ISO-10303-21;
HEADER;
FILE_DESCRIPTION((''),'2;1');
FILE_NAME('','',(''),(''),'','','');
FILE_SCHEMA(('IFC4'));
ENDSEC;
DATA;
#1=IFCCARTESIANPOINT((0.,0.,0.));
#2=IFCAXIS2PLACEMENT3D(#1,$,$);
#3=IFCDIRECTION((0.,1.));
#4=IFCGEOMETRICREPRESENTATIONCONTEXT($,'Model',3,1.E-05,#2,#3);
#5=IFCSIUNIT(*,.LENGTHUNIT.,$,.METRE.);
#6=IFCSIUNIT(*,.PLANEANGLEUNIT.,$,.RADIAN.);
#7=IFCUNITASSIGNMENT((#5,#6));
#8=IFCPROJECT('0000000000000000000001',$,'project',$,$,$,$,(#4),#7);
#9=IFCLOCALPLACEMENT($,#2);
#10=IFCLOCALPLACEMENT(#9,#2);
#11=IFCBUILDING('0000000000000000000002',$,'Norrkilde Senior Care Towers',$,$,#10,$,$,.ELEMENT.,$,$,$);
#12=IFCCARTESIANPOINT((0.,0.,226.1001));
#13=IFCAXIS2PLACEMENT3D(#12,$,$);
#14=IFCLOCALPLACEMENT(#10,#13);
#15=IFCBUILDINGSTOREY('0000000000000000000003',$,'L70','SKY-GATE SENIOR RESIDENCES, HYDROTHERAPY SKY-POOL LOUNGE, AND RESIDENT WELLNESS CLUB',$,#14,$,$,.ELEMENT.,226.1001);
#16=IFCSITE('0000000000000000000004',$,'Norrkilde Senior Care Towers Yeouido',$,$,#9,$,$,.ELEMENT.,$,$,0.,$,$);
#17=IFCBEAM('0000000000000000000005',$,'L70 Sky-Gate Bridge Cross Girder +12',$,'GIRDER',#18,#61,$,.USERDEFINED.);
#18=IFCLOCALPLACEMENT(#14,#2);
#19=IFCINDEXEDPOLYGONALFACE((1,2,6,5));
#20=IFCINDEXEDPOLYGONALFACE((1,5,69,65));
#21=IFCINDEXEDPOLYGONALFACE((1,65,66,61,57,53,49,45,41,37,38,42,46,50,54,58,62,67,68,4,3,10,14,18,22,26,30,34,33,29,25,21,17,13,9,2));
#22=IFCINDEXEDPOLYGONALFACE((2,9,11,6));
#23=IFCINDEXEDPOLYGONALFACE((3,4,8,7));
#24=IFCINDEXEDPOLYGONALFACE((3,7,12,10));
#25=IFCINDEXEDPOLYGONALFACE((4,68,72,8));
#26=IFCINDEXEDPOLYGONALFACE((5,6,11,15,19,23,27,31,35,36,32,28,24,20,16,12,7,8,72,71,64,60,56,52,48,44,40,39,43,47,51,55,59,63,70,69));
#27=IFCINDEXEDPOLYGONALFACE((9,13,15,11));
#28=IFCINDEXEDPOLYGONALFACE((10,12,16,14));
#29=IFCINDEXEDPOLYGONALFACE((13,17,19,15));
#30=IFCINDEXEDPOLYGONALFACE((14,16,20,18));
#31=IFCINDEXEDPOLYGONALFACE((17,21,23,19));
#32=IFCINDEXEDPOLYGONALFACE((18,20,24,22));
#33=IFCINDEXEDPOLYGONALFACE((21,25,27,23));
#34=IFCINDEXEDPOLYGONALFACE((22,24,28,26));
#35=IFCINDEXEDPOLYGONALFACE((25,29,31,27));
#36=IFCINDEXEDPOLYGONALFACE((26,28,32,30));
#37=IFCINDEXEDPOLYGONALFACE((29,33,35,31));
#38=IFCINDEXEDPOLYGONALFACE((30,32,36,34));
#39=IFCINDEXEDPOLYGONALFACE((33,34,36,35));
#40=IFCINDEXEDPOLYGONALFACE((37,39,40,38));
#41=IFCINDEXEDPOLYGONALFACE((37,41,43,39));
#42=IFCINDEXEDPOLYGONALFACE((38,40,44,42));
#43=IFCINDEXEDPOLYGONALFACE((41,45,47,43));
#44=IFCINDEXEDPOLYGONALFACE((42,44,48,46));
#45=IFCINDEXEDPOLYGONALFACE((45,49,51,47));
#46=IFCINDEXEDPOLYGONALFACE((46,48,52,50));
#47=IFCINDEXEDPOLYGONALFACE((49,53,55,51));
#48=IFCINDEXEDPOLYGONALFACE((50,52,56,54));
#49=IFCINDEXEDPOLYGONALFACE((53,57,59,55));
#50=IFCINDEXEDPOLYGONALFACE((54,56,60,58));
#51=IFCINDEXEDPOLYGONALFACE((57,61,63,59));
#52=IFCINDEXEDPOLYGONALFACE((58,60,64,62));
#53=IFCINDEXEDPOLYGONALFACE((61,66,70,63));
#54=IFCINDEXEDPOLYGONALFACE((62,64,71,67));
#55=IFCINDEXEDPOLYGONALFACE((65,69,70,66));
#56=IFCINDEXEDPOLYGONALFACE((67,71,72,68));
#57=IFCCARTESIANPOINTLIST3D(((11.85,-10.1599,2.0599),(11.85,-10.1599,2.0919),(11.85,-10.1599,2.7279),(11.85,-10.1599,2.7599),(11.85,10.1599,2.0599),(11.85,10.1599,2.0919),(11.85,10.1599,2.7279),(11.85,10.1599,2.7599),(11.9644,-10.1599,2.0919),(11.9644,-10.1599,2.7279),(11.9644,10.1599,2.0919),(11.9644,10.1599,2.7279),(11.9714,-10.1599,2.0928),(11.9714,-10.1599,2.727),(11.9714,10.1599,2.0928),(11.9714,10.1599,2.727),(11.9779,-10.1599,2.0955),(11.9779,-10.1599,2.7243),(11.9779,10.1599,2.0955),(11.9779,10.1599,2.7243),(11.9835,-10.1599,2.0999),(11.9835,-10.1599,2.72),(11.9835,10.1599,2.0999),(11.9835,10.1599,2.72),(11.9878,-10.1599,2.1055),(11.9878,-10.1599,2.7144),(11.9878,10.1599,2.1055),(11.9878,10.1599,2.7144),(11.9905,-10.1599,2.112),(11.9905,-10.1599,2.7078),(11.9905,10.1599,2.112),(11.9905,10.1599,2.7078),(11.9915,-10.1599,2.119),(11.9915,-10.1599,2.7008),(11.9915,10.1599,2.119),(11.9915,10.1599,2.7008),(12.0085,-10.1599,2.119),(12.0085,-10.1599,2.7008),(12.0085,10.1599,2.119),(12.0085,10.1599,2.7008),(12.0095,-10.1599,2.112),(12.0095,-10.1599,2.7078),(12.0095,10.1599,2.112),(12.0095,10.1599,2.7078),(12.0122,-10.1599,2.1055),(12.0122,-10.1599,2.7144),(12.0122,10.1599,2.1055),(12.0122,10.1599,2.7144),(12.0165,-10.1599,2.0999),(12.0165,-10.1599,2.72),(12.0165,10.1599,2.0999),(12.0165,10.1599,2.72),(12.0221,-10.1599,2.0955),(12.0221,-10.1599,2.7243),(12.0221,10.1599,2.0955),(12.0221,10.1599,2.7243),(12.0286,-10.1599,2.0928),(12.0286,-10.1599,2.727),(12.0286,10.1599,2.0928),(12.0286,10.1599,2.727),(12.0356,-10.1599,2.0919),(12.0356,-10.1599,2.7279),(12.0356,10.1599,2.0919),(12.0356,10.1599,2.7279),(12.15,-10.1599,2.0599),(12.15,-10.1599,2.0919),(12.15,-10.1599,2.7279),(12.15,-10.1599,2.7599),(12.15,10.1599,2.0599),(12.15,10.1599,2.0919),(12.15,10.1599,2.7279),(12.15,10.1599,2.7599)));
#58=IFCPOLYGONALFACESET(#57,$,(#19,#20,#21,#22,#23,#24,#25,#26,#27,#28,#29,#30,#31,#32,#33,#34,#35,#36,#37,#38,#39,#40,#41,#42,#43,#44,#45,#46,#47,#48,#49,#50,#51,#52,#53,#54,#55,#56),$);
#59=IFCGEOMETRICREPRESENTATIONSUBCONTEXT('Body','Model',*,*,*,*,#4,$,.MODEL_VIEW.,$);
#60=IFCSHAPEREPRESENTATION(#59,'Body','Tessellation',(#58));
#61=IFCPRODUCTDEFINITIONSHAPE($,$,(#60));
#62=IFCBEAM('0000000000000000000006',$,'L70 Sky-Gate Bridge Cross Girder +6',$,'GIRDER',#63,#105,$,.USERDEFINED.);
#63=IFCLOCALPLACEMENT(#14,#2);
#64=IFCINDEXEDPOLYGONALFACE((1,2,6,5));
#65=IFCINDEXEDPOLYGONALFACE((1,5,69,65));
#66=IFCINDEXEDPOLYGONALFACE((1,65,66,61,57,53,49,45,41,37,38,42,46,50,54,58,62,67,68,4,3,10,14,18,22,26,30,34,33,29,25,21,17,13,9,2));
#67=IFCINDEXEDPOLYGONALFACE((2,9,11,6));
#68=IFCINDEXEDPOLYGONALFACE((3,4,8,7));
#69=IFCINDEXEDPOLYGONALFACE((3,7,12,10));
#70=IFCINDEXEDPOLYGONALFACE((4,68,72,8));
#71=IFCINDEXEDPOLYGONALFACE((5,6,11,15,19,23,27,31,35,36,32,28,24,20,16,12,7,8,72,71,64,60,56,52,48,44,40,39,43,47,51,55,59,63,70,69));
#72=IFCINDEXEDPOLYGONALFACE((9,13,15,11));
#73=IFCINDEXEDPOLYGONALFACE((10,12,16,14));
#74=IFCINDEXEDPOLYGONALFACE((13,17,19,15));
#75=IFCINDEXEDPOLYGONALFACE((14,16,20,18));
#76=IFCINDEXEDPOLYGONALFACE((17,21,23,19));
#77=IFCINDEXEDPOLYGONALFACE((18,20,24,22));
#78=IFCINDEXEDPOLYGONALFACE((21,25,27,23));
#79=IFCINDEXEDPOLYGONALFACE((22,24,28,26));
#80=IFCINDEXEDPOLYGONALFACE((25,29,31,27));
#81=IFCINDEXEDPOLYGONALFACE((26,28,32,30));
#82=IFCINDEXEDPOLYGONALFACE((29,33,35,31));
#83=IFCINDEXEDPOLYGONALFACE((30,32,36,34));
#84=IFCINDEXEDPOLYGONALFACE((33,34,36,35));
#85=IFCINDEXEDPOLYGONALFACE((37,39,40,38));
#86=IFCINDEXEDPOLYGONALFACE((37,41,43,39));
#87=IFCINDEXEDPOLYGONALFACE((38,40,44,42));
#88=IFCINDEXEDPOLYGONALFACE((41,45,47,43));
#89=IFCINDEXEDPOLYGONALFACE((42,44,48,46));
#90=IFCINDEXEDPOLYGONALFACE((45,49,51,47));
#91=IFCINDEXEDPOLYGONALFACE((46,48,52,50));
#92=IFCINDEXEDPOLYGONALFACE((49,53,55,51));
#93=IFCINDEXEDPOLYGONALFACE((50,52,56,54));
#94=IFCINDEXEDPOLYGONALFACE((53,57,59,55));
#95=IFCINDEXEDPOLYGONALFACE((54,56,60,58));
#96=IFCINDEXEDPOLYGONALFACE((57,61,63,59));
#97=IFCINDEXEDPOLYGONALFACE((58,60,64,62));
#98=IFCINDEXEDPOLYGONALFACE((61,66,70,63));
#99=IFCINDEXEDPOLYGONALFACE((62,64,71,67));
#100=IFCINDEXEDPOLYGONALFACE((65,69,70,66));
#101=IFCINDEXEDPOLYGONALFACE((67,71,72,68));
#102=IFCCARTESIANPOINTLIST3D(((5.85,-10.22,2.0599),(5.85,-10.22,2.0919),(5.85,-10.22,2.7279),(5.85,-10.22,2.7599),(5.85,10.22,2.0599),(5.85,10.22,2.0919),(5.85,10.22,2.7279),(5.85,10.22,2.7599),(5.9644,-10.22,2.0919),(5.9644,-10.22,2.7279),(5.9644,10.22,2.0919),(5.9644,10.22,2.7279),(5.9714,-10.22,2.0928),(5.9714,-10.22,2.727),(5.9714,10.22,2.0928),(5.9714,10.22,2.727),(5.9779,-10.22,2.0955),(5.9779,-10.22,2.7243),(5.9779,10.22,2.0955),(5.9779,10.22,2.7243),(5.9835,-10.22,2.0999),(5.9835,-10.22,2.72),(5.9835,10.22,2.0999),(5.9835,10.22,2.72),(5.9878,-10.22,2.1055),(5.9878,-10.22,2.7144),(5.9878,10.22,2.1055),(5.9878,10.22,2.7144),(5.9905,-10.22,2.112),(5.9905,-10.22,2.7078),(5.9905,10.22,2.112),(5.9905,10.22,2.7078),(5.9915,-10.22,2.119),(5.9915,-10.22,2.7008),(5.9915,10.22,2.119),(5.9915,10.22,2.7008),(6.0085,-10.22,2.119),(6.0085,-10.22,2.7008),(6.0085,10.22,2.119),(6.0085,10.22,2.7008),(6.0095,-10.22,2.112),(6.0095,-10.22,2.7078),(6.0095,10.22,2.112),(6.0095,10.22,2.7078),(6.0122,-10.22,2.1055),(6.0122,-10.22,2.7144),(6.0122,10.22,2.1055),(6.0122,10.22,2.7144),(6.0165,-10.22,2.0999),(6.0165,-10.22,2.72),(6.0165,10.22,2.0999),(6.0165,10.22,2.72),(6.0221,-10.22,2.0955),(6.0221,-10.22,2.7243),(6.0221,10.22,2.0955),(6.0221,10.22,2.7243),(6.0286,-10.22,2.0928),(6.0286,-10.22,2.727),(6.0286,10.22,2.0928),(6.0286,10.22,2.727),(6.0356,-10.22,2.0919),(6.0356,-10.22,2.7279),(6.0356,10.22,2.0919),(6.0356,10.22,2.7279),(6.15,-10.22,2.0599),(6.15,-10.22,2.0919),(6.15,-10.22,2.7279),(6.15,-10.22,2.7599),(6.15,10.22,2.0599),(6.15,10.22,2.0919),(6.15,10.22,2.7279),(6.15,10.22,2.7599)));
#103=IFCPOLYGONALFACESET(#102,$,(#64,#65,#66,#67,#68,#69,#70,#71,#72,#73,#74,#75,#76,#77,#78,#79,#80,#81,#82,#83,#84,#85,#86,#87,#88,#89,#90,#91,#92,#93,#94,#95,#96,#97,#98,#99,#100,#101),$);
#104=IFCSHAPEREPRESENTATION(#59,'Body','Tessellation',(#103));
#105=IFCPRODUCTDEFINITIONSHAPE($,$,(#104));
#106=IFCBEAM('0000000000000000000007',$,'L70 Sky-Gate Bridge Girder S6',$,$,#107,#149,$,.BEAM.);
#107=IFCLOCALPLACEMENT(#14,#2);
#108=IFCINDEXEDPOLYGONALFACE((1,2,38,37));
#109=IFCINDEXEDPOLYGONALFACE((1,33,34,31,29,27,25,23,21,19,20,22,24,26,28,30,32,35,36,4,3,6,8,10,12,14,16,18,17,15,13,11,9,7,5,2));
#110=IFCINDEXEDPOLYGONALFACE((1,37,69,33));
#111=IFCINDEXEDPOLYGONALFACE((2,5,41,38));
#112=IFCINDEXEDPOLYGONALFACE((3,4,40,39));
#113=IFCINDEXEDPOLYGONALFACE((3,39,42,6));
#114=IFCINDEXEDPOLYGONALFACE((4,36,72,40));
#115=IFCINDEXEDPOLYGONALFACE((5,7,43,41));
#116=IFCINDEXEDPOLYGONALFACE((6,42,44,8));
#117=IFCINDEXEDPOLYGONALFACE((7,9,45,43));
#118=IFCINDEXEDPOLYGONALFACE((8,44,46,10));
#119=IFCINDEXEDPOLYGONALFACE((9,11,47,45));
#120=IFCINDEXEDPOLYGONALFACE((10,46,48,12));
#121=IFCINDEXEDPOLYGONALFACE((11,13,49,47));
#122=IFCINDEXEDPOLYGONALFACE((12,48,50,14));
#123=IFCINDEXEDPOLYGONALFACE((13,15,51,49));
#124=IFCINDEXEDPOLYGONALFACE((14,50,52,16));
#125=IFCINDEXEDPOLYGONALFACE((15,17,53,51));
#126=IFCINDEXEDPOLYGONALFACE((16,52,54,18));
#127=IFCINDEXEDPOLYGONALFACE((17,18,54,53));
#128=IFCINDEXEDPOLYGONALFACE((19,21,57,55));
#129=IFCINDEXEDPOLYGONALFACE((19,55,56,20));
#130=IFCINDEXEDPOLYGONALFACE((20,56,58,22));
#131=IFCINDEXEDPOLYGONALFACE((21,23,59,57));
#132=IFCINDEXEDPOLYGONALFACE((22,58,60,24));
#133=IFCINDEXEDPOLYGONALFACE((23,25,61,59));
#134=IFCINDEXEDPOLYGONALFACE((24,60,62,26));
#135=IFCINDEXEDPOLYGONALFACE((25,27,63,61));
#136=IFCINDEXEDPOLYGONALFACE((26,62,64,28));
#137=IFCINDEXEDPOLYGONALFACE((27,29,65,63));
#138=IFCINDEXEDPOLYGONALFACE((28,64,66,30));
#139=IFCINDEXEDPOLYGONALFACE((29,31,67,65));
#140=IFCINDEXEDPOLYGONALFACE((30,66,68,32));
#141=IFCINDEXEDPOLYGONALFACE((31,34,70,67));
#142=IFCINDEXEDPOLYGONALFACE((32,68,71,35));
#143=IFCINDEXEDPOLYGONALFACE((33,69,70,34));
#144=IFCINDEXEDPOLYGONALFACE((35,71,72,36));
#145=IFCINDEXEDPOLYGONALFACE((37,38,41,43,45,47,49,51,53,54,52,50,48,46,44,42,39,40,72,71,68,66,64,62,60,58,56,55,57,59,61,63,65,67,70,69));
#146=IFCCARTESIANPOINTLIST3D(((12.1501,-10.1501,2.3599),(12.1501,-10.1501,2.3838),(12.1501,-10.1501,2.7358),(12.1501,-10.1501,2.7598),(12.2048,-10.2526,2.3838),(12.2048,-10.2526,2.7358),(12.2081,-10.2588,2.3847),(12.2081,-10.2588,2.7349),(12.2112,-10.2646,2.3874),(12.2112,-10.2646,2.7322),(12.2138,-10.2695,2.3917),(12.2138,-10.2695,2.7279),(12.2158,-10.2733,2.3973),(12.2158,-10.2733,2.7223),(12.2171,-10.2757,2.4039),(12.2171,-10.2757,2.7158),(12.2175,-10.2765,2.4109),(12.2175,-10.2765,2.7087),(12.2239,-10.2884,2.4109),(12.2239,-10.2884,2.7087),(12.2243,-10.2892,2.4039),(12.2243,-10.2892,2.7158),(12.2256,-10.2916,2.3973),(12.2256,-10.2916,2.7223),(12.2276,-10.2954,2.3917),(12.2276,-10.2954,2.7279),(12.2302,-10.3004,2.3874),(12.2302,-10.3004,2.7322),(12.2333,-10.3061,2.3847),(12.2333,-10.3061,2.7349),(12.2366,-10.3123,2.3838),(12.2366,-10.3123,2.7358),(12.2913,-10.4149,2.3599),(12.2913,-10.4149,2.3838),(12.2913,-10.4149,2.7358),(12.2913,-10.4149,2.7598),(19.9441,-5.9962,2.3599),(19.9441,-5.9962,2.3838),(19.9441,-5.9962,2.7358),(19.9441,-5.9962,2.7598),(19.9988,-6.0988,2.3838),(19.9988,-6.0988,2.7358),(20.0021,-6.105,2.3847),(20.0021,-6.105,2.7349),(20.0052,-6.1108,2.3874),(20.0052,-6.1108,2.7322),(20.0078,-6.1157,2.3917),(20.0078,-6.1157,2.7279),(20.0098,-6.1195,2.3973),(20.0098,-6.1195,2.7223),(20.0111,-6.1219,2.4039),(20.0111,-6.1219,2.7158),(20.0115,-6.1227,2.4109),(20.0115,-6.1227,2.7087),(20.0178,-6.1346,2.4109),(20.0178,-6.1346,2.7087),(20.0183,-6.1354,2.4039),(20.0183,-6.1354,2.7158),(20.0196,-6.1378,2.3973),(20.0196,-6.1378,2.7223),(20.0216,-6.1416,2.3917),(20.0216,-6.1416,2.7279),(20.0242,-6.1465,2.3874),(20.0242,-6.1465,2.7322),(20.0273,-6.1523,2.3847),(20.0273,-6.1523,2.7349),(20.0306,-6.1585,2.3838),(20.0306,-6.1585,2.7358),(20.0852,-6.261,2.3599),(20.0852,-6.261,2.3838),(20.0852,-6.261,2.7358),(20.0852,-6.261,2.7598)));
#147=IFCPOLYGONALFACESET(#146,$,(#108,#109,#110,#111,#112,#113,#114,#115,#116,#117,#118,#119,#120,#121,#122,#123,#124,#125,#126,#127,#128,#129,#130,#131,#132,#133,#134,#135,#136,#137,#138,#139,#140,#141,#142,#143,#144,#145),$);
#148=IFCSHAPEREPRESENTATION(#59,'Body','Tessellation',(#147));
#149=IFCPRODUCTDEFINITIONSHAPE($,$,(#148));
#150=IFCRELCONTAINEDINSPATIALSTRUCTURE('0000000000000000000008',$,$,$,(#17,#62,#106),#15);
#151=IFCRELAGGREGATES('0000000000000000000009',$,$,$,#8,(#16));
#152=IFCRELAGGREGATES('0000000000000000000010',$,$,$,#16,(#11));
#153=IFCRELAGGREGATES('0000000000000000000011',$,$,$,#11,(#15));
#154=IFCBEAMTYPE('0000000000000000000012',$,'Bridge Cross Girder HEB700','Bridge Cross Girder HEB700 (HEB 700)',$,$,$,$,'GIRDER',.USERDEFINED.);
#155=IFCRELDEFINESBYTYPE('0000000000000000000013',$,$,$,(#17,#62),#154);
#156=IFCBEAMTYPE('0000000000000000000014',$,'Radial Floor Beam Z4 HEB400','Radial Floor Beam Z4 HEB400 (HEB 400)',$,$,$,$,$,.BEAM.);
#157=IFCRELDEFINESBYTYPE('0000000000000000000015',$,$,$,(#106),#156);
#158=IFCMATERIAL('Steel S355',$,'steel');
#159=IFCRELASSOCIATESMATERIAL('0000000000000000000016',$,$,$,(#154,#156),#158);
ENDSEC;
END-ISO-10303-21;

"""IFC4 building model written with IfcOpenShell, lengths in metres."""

from ifc_helpers import new_model, si_unit, direction, frame, origin, origin_2d, place, context, subcontext, project, spatial, i_section, extrude, source, transform, mapped, material, material_profile, profile_set, type_object, type_shapes, element, save


model = new_model("IFC4")

# Units and contexts
model_context = context("Model", 3, precision=1e-05, world=origin(), true_north=direction((0.0, 1.0)))
body_context = subcontext(model_context, "Body", "Model", "MODEL_VIEW")
ifc_project = project(units=[si_unit("LENGTHUNIT", "METRE"), si_unit("PLANEANGLEUNIT", "RADIAN")], contexts=[model_context])

# Site, building, storey
site_placement = place(None, origin())
site = spatial("IfcSite", under=ifc_project, at=site_placement, Name="Norrkilde Senior Care Towers Yeouido", CompositionType="ELEMENT", RefElevation=0.0)
building_placement = place(site_placement, origin())
building = spatial("IfcBuilding", under=site, at=building_placement, Name="Norrkilde Senior Care Towers", CompositionType="ELEMENT")
storey_placement = place(building_placement, frame((0.0, 0.0, 226.1001)))
storey = spatial("IfcBuildingStorey", under=building, at=storey_placement, Name="L70", Description="SKY-GATE SENIOR RESIDENCES, HYDROTHERAPY SKY-POOL LOUNGE, AND RESIDENT WELLNESS CLUB", CompositionType="ELEMENT", Elevation=226.1001)

# Shared definitions
ifc_material_1 = material(Name="Steel S355", Category="steel")

# Beams
ifc_material_profile_1 = material_profile(ifc_material_1, i_section(OverallWidth=0.3, OverallDepth=0.7, WebThickness=0.0171, FlangeThickness=0.032, FilletRadius=0.0271, at=origin_2d()), Name="HEB 700")
ifc_profile_set_1 = profile_set([ifc_material_profile_1], Name="Steel S355")
beam_type_1 = type_object("IfcBeamType", Name="Bridge Cross Girder HEB700", Description="Bridge Cross Girder HEB700 (HEB 700)", ElementType="GIRDER", PredefinedType="USERDEFINED", material=ifc_profile_set_1)
shared_shape_1 = source(origin(), body_context, "Body", "SweptSolid", [
    extrude(i_section(OverallWidth=0.3, OverallDepth=0.7, WebThickness=0.0171, FlangeThickness=0.032, FilletRadius=0.0271, at=origin_2d()), origin(), (0.0, 0.0, 1.0), 20.3198),
])
beam_1_placement = place(storey_placement, frame((12.0, -10.1599, 2.4099), z_axis=(0.0, 1.0, 0.0), x_axis=(-1.0, 0.0, 0.0)))
element("IfcBeam", 1, at=beam_1_placement, inside=storey, type_object=beam_type_1, Name="L70 Sky-Gate Bridge Cross Girder +12", ObjectType="GIRDER", PredefinedType="USERDEFINED", context=body_context, shape_type="MappedRepresentation", body=[
    mapped(shared_shape_1, transform((0.0, 0.0, 0.0), x_axis=(1.0, 0.0, 0.0), y_axis=(0.0, 1.0, 0.0), z_axis=(0.0, 0.0, 1.0), scale=1.0)),
])
shared_shape_2 = source(origin(), body_context, "Body", "SweptSolid", [
    extrude(i_section(OverallWidth=0.3, OverallDepth=0.7, WebThickness=0.0171, FlangeThickness=0.032, FilletRadius=0.0271, at=origin_2d()), origin(), (0.0, 0.0, 1.0), 20.4399),
])
type_shapes(beam_type_1, [shared_shape_1, shared_shape_2])
beam_2_placement = place(storey_placement, frame((6.0, -10.22, 2.4099), z_axis=(0.0, 1.0, 0.0), x_axis=(-1.0, 0.0, 0.0)))
element("IfcBeam", 2, at=beam_2_placement, inside=storey, type_object=beam_type_1, Name="L70 Sky-Gate Bridge Cross Girder +6", ObjectType="GIRDER", PredefinedType="USERDEFINED", context=body_context, shape_type="MappedRepresentation", body=[
    mapped(shared_shape_2, transform((0.0, 0.0, 0.0), x_axis=(1.0, 0.0, 0.0), y_axis=(0.0, 1.0, 0.0), z_axis=(0.0, 0.0, 1.0), scale=1.0)),
])
ifc_material_profile_2 = material_profile(ifc_material_1, i_section(OverallWidth=0.3, OverallDepth=0.3999, WebThickness=0.0134, FlangeThickness=0.0239, FilletRadius=0.0271, at=origin_2d()), Name="HEB 400")
ifc_profile_set_2 = profile_set([ifc_material_profile_2], Name="Steel S355")
beam_type_2 = type_object("IfcBeamType", Name="Radial Floor Beam Z4 HEB400", Description="Radial Floor Beam Z4 HEB400 (HEB 400)", PredefinedType="BEAM", material=ifc_profile_set_2)
shared_shape_3 = source(origin(), body_context, "Body", "SweptSolid", [
    extrude(i_section(OverallWidth=0.3, OverallDepth=0.3999, WebThickness=0.0134, FlangeThickness=0.0239, FilletRadius=0.0271, at=origin_2d()), origin(), (0.0, 0.0, 1.0), 8.8318),
])
type_shapes(beam_type_2, [shared_shape_3])
beam_3_placement = place(storey_placement, frame((12.2207, -10.2825, 2.5598), z_axis=(0.882492, 0.470327, 0.0), x_axis=(-0.470327, 0.882492, 0.0)))
element("IfcBeam", 3, at=beam_3_placement, inside=storey, type_object=beam_type_2, Name="L70 Sky-Gate Bridge Girder S6", PredefinedType="BEAM", context=body_context, shape_type="MappedRepresentation", body=[
    mapped(shared_shape_3, transform((0.0, 0.0, 0.0), x_axis=(1.0, 0.0, 0.0), y_axis=(0.0, 1.0, 0.0), z_axis=(0.0, 0.0, 1.0), scale=1.0)),
])

save(model, "model.ifc")
